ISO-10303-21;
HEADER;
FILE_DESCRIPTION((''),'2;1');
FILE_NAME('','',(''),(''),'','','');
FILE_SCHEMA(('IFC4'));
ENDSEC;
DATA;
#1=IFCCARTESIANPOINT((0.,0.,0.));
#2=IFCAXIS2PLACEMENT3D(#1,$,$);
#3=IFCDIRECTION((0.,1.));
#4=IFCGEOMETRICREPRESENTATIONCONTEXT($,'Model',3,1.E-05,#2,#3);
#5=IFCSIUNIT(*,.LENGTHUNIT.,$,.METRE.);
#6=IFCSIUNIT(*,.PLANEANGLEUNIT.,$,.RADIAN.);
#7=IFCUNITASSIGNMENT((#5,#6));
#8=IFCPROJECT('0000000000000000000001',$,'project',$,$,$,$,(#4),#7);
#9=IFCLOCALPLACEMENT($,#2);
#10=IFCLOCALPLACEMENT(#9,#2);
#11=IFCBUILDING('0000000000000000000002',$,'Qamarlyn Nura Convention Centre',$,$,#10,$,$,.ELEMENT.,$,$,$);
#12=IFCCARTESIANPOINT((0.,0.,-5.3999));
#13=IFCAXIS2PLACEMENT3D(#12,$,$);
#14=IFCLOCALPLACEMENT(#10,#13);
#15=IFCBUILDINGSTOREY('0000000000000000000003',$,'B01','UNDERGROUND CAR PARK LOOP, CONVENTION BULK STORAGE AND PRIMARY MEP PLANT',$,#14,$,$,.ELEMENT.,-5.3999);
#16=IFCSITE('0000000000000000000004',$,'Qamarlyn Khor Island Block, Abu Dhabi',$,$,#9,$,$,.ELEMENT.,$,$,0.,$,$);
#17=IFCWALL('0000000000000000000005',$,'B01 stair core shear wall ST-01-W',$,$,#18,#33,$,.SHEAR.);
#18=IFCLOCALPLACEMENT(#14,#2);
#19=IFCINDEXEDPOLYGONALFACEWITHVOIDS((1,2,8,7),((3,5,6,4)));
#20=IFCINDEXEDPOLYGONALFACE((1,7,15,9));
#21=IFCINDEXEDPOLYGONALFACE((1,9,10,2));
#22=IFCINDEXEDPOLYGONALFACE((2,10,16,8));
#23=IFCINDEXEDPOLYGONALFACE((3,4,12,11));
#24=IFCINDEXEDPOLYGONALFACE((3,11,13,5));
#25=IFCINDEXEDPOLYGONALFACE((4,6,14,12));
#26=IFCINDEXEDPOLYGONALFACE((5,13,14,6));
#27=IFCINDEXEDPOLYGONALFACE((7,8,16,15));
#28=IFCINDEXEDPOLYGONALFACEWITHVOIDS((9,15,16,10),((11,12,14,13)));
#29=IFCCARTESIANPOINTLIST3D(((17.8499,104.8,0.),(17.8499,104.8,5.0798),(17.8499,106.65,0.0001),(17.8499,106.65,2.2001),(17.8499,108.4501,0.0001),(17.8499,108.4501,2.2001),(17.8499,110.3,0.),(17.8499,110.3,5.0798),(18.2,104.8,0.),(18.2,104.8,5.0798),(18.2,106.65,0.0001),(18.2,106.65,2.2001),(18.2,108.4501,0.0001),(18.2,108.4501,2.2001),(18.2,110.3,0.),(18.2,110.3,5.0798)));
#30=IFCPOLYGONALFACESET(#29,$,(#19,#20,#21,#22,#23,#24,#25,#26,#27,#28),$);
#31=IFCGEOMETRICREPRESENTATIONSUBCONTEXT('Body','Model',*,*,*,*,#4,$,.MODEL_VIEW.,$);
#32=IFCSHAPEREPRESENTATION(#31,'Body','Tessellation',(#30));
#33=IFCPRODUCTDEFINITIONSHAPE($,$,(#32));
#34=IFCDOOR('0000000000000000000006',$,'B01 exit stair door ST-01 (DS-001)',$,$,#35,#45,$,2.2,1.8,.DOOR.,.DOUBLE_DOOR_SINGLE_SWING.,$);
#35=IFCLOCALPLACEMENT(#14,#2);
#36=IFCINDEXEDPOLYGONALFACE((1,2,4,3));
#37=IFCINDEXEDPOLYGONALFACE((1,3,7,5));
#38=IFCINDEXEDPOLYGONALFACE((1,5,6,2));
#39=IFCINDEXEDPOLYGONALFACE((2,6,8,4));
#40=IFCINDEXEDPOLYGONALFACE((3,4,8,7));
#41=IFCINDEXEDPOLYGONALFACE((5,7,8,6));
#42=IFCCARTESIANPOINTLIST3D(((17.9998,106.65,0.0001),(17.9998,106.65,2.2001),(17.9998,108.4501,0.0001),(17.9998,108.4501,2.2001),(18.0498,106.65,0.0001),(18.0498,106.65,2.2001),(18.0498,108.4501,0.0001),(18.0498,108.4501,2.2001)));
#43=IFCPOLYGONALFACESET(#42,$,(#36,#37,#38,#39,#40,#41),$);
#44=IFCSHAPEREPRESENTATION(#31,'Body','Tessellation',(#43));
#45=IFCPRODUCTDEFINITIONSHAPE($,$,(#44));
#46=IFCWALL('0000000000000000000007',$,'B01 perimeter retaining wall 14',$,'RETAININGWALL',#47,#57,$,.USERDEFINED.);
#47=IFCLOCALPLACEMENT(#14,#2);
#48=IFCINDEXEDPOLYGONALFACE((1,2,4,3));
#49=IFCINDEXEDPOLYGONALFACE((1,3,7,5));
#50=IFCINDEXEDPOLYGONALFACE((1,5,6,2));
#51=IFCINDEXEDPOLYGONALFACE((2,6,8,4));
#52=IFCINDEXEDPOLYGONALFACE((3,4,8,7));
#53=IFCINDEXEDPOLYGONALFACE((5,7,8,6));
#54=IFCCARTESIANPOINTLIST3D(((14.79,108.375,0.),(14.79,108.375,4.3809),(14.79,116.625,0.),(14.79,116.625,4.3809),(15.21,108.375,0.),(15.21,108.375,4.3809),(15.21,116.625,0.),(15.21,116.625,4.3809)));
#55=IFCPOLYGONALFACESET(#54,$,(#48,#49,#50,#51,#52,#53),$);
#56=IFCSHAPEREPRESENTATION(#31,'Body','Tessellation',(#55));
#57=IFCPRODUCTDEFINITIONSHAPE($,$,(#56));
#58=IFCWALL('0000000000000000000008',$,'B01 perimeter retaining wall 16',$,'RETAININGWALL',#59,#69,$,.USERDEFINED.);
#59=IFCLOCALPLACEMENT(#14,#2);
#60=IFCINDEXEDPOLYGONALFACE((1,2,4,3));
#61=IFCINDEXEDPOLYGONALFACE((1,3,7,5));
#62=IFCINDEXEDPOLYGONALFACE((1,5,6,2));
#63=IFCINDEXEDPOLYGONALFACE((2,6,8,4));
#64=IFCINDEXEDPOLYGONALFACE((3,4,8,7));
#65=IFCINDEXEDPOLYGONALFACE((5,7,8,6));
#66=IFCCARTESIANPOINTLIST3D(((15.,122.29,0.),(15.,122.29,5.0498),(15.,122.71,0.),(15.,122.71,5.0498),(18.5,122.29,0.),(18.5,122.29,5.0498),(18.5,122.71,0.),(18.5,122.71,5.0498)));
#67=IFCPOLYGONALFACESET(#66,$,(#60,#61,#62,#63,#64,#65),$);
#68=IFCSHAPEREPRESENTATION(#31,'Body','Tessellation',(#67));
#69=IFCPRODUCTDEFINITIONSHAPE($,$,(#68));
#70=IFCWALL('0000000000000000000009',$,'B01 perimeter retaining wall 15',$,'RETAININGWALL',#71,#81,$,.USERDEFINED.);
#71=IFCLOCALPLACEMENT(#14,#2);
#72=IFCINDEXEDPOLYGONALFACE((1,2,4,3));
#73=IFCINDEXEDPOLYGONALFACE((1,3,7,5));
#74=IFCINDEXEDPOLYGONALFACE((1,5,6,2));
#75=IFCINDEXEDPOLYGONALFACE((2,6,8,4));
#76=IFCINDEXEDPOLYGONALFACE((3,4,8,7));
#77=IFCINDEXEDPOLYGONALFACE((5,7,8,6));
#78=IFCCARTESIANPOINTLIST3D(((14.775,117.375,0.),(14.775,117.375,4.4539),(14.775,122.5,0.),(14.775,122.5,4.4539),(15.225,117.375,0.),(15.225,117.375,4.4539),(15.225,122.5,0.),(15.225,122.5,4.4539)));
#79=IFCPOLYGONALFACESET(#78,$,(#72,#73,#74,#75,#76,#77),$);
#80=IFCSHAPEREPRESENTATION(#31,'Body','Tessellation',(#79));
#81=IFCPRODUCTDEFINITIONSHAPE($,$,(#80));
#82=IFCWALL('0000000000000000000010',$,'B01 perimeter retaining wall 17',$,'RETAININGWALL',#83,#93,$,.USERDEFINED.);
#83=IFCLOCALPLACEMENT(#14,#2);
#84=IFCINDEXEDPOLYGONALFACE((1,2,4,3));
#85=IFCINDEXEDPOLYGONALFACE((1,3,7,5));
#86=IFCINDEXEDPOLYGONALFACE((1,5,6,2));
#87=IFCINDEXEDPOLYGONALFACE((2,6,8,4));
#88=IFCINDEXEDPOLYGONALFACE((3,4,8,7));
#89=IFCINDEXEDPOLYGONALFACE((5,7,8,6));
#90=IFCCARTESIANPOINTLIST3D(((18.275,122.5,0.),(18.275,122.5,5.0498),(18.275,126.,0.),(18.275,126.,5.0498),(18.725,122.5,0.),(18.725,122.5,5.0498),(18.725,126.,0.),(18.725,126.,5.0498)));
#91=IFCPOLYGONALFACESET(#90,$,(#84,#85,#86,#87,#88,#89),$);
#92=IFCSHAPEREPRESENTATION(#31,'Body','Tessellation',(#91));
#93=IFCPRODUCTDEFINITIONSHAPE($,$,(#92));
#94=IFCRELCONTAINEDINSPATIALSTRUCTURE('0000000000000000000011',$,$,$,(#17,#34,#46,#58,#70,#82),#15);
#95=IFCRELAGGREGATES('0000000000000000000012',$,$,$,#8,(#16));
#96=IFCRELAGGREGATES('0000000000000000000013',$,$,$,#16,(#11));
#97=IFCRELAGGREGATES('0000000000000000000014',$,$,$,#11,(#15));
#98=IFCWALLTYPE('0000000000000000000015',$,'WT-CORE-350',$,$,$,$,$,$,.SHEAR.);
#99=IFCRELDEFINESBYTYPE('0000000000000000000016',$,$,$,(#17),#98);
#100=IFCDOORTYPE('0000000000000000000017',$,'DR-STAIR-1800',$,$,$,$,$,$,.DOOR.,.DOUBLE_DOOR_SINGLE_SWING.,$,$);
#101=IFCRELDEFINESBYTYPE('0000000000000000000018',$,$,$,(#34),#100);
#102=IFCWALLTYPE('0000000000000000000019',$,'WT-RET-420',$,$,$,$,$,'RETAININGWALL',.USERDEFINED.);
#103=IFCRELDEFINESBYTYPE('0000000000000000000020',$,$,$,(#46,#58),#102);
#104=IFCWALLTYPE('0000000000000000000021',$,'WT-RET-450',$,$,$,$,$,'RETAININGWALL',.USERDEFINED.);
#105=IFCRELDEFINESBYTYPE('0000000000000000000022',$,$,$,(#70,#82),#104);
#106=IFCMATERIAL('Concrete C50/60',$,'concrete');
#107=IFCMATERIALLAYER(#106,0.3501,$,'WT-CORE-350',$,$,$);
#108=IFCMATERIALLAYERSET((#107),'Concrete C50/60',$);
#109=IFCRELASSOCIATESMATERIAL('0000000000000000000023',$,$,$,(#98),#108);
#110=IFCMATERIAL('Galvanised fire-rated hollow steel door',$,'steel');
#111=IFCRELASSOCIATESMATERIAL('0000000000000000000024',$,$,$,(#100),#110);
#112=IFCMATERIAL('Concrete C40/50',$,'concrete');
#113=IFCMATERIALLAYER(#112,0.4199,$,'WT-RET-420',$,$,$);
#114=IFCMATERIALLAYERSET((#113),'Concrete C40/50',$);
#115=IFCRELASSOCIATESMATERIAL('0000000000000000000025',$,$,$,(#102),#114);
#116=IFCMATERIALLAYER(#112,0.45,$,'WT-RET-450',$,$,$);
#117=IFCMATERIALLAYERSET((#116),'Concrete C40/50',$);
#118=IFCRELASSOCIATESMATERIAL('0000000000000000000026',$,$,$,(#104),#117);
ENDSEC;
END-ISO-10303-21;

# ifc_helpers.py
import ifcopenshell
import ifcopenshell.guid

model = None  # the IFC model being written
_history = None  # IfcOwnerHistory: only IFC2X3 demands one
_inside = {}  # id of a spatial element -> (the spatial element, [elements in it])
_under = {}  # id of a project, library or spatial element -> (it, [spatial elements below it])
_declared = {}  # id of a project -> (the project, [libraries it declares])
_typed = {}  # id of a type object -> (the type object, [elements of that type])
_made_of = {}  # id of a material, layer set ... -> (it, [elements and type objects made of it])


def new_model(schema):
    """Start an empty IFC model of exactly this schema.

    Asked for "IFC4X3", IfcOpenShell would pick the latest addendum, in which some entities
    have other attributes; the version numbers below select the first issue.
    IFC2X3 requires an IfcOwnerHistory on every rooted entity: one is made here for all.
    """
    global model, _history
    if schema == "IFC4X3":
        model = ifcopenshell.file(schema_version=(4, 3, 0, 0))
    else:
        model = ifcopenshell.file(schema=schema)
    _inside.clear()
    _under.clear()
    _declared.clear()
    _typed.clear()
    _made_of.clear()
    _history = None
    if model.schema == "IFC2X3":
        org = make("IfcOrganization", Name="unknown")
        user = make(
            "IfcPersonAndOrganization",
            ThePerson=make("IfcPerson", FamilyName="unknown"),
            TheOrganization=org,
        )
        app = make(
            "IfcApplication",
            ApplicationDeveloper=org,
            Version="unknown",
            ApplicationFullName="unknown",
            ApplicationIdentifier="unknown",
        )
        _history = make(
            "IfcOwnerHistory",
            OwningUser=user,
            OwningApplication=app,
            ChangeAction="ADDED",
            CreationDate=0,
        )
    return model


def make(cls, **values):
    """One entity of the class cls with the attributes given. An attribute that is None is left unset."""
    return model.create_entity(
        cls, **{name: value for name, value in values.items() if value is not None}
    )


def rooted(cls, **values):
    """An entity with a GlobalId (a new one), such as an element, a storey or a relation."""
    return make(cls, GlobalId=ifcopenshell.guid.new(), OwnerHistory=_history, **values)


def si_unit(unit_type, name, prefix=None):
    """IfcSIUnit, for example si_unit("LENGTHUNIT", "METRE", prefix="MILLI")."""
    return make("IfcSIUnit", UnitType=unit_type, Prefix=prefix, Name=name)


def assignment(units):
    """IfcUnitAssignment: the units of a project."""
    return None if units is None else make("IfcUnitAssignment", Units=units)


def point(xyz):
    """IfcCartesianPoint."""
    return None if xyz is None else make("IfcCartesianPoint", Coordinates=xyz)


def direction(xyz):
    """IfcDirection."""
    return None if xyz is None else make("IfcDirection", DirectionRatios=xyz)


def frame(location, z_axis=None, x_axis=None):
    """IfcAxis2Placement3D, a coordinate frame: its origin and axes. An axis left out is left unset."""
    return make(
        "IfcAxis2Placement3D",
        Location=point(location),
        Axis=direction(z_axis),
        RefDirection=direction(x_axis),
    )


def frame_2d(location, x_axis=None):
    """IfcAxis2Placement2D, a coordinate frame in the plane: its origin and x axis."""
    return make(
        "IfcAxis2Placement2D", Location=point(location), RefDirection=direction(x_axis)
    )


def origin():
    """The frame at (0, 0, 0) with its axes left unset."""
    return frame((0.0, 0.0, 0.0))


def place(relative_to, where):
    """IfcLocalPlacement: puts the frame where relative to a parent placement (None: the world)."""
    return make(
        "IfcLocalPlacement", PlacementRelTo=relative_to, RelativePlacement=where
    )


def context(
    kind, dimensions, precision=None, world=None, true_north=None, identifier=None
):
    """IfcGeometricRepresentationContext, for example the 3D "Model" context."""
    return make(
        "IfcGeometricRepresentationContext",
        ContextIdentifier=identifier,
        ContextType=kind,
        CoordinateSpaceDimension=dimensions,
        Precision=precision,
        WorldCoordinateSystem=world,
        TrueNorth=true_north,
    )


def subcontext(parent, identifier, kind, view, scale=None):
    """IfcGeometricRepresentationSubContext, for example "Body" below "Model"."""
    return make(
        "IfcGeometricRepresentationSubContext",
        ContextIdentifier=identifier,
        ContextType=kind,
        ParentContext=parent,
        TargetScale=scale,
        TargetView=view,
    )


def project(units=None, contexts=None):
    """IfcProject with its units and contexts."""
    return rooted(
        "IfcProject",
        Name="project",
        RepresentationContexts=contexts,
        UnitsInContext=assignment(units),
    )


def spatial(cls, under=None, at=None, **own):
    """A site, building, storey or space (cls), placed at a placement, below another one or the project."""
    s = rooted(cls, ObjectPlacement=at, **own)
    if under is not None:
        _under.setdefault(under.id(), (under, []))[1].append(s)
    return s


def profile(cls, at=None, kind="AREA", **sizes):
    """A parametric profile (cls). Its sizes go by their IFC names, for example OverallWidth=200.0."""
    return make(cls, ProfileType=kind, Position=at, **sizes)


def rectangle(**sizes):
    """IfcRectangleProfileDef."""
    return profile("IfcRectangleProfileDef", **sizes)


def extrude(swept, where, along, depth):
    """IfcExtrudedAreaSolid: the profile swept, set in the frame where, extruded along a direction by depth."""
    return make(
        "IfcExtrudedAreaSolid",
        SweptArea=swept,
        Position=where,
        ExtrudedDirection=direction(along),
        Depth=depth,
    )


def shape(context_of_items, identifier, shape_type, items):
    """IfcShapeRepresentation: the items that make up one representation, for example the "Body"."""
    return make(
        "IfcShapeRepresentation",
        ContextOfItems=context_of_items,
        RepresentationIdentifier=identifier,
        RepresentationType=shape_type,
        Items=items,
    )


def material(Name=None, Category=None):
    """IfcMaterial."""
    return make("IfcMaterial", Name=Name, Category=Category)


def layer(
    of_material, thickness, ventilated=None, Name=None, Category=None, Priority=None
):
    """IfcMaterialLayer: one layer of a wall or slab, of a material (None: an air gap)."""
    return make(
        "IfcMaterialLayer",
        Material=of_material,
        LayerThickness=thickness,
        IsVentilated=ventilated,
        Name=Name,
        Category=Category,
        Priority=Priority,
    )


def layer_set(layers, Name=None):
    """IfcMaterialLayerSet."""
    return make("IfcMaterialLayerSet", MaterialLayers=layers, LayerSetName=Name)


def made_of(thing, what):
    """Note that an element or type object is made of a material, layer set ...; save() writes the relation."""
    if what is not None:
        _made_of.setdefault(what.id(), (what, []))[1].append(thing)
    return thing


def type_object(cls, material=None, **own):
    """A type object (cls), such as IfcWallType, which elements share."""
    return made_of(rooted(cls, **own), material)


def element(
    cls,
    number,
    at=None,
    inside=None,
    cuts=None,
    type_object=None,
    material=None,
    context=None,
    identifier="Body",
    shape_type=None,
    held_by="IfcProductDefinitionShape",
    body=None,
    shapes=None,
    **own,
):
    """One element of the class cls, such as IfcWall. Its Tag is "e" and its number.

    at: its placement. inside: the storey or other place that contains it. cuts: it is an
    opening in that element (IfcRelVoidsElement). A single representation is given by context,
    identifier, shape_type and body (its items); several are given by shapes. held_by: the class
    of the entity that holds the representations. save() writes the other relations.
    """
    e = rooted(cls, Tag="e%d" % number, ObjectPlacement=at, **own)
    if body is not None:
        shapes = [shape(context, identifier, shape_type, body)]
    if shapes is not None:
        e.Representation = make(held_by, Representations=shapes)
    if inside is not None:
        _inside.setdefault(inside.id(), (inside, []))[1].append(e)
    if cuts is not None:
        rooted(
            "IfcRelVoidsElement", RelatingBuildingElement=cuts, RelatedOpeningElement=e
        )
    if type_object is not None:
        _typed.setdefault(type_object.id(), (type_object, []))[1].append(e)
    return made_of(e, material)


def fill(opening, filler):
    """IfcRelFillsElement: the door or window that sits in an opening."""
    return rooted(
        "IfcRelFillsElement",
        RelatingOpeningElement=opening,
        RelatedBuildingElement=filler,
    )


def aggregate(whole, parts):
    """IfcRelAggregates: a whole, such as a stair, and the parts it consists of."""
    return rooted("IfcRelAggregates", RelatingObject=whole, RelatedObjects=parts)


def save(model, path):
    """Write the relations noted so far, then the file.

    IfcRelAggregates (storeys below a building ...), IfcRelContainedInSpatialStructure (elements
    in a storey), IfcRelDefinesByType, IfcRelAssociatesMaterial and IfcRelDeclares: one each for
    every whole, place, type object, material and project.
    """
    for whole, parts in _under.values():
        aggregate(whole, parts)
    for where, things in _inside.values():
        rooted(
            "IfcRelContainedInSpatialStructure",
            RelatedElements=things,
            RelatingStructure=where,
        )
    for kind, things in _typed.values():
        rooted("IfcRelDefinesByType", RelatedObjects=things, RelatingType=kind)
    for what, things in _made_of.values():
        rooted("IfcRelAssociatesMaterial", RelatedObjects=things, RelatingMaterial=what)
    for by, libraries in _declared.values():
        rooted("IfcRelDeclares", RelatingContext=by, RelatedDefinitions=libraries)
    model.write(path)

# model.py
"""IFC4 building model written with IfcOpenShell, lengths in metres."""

from ifc_helpers import new_model, si_unit, direction, frame, frame_2d, origin, place, context, subcontext, project, spatial, rectangle, extrude, material, layer, layer_set, type_object, element, fill, save


model = new_model("IFC4")

# Units and contexts
model_context = context("Model", 3, precision=1e-05, world=origin(), true_north=direction((0.0, 1.0)))
body_context = subcontext(model_context, "Body", "Model", "MODEL_VIEW")
ifc_project = project(units=[si_unit("LENGTHUNIT", "METRE"), si_unit("PLANEANGLEUNIT", "RADIAN")], contexts=[model_context])

# Site, building, storey
site_placement = place(None, origin())
site = spatial("IfcSite", under=ifc_project, at=site_placement, Name="Qamarlyn Khor Island Block, Abu Dhabi", CompositionType="ELEMENT", RefElevation=0.0)
building_placement = place(site_placement, origin())
building = spatial("IfcBuilding", under=site, at=building_placement, Name="Qamarlyn Nura Convention Centre", CompositionType="ELEMENT")
storey_placement = place(building_placement, frame((0.0, 0.0, -5.3999)))
storey = spatial("IfcBuildingStorey", under=building, at=storey_placement, Name="B01", Description="UNDERGROUND CAR PARK LOOP, CONVENTION BULK STORAGE AND PRIMARY MEP PLANT", CompositionType="ELEMENT", Elevation=-5.3999)

# Shared definitions
ifc_material_1 = material(Name="Concrete C40/50", Category="concrete")

# Shared definitions
ifc_material_2 = material(Name="Concrete C50/60", Category="concrete")

# Wall, opening, door
ifc_layer_1 = layer(ifc_material_2, 0.3501, Name="WT-CORE-350")
ifc_layer_set_1 = layer_set([ifc_layer_1], Name="Concrete C50/60")
wall_type_1 = type_object("IfcWallType", Name="WT-CORE-350", PredefinedType="SHEAR", material=ifc_layer_set_1)
wall_1_placement = place(storey_placement, frame((18.0249, 110.3, 0.0), z_axis=(0.0, 0.0, 1.0), x_axis=(0.0, -1.0, 0.0)))
wall_1 = element("IfcWall", 1, at=wall_1_placement, inside=storey, type_object=wall_type_1, Name="B01 stair core shear wall ST-01-W", PredefinedType="SHEAR", context=body_context, shape_type="SweptSolid", body=[
    extrude(rectangle(XDim=5.5, YDim=0.3501, at=frame_2d((2.75, 0.0))), origin(), (0.0, 0.0, 1.0), 5.0798),
])
opening_placement = place(wall_1_placement, frame((1.8501, 0.0, 0.0)))
opening = element("IfcOpeningElement", 2, at=opening_placement, cuts=wall_1, PredefinedType="OPENING", context=body_context, shape_type="SweptSolid", body=[
    extrude(rectangle(XDim=1.8, YDim=2.2, at=frame_2d((0.8999, 1.1001))), frame((0.0, 0.1851, 0.0), z_axis=(0.0, -1.0, 0.0), x_axis=(1.0, 0.0, 0.0)), (0.0, 0.0, 1.0), 0.3701),
])
ifc_material_3 = material(Name="Galvanised fire-rated hollow steel door", Category="steel")
door_type = type_object("IfcDoorType", Name="DR-STAIR-1800", OperationType="DOUBLE_DOOR_SINGLE_SWING", PredefinedType="DOOR", material=ifc_material_3)
door_placement = place(opening_placement, origin())
door = element("IfcDoor", 3, at=door_placement, inside=storey, type_object=door_type, Name="B01 exit stair door ST-01 (DS-001)", OperationType="DOUBLE_DOOR_SINGLE_SWING", OverallHeight=2.2, OverallWidth=1.8, PredefinedType="DOOR", context=body_context, shape_type="SweptSolid", body=[
    extrude(rectangle(XDim=1.8, YDim=2.2, at=frame_2d((0.8999, 1.1001))), frame((0.0, 0.0249, 0.0), z_axis=(0.0, -1.0, 0.0), x_axis=(1.0, 0.0, 0.0)), (0.0, 0.0, 1.0), 0.05),
])
fill(opening, door)

# Walls
ifc_layer_2 = layer(ifc_material_1, 0.4199, Name="WT-RET-420")
ifc_layer_set_2 = layer_set([ifc_layer_2], Name="Concrete C40/50")
wall_type_2 = type_object("IfcWallType", Name="WT-RET-420", ElementType="RETAININGWALL", PredefinedType="USERDEFINED", material=ifc_layer_set_2)
wall_2_placement = place(storey_placement, frame((15.0, 108.375, 0.0), z_axis=(0.0, 0.0, 1.0), x_axis=(0.0, 1.0, 0.0)))
element("IfcWall", 4, at=wall_2_placement, inside=storey, type_object=wall_type_2, Name="B01 perimeter retaining wall 14", ObjectType="RETAININGWALL", PredefinedType="USERDEFINED", context=body_context, shape_type="SweptSolid", body=[
    extrude(rectangle(XDim=8.25, YDim=0.4199, at=frame_2d((4.125, 0.0))), origin(), (0.0, 0.0, 1.0), 4.3809),
])
wall_3_placement = place(storey_placement, frame((15.0, 122.5, 0.0), z_axis=(0.0, 0.0, 1.0), x_axis=(1.0, 0.0, 0.0)))
element("IfcWall", 5, at=wall_3_placement, inside=storey, type_object=wall_type_2, Name="B01 perimeter retaining wall 16", ObjectType="RETAININGWALL", PredefinedType="USERDEFINED", context=body_context, shape_type="SweptSolid", body=[
    extrude(rectangle(XDim=3.5, YDim=0.4199, at=frame_2d((1.75, 0.0))), origin(), (0.0, 0.0, 1.0), 5.0498),
])
ifc_layer_3 = layer(ifc_material_1, 0.45, Name="WT-RET-450")
ifc_layer_set_3 = layer_set([ifc_layer_3], Name="Concrete C40/50")
wall_type_3 = type_object("IfcWallType", Name="WT-RET-450", ElementType="RETAININGWALL", PredefinedType="USERDEFINED", material=ifc_layer_set_3)
wall_4_placement = place(storey_placement, frame((15.0, 117.375, 0.0), z_axis=(0.0, 0.0, 1.0), x_axis=(0.0, 1.0, 0.0)))
element("IfcWall", 6, at=wall_4_placement, inside=storey, type_object=wall_type_3, Name="B01 perimeter retaining wall 15", ObjectType="RETAININGWALL", PredefinedType="USERDEFINED", context=body_context, shape_type="SweptSolid", body=[
    extrude(rectangle(XDim=5.125, YDim=0.45, at=frame_2d((2.5625, 0.0))), origin(), (0.0, 0.0, 1.0), 4.4539),
])
wall_5_placement = place(storey_placement, frame((18.5, 122.5, 0.0), z_axis=(0.0, 0.0, 1.0), x_axis=(0.0, 1.0, 0.0)))
element("IfcWall", 7, at=wall_5_placement, inside=storey, type_object=wall_type_3, Name="B01 perimeter retaining wall 17", ObjectType="RETAININGWALL", PredefinedType="USERDEFINED", context=body_context, shape_type="SweptSolid", body=[
    extrude(rectangle(XDim=3.5, YDim=0.45, at=frame_2d((1.75, 0.0))), origin(), (0.0, 0.0, 1.0), 5.0498),
])

save(model, "model.ifc")
